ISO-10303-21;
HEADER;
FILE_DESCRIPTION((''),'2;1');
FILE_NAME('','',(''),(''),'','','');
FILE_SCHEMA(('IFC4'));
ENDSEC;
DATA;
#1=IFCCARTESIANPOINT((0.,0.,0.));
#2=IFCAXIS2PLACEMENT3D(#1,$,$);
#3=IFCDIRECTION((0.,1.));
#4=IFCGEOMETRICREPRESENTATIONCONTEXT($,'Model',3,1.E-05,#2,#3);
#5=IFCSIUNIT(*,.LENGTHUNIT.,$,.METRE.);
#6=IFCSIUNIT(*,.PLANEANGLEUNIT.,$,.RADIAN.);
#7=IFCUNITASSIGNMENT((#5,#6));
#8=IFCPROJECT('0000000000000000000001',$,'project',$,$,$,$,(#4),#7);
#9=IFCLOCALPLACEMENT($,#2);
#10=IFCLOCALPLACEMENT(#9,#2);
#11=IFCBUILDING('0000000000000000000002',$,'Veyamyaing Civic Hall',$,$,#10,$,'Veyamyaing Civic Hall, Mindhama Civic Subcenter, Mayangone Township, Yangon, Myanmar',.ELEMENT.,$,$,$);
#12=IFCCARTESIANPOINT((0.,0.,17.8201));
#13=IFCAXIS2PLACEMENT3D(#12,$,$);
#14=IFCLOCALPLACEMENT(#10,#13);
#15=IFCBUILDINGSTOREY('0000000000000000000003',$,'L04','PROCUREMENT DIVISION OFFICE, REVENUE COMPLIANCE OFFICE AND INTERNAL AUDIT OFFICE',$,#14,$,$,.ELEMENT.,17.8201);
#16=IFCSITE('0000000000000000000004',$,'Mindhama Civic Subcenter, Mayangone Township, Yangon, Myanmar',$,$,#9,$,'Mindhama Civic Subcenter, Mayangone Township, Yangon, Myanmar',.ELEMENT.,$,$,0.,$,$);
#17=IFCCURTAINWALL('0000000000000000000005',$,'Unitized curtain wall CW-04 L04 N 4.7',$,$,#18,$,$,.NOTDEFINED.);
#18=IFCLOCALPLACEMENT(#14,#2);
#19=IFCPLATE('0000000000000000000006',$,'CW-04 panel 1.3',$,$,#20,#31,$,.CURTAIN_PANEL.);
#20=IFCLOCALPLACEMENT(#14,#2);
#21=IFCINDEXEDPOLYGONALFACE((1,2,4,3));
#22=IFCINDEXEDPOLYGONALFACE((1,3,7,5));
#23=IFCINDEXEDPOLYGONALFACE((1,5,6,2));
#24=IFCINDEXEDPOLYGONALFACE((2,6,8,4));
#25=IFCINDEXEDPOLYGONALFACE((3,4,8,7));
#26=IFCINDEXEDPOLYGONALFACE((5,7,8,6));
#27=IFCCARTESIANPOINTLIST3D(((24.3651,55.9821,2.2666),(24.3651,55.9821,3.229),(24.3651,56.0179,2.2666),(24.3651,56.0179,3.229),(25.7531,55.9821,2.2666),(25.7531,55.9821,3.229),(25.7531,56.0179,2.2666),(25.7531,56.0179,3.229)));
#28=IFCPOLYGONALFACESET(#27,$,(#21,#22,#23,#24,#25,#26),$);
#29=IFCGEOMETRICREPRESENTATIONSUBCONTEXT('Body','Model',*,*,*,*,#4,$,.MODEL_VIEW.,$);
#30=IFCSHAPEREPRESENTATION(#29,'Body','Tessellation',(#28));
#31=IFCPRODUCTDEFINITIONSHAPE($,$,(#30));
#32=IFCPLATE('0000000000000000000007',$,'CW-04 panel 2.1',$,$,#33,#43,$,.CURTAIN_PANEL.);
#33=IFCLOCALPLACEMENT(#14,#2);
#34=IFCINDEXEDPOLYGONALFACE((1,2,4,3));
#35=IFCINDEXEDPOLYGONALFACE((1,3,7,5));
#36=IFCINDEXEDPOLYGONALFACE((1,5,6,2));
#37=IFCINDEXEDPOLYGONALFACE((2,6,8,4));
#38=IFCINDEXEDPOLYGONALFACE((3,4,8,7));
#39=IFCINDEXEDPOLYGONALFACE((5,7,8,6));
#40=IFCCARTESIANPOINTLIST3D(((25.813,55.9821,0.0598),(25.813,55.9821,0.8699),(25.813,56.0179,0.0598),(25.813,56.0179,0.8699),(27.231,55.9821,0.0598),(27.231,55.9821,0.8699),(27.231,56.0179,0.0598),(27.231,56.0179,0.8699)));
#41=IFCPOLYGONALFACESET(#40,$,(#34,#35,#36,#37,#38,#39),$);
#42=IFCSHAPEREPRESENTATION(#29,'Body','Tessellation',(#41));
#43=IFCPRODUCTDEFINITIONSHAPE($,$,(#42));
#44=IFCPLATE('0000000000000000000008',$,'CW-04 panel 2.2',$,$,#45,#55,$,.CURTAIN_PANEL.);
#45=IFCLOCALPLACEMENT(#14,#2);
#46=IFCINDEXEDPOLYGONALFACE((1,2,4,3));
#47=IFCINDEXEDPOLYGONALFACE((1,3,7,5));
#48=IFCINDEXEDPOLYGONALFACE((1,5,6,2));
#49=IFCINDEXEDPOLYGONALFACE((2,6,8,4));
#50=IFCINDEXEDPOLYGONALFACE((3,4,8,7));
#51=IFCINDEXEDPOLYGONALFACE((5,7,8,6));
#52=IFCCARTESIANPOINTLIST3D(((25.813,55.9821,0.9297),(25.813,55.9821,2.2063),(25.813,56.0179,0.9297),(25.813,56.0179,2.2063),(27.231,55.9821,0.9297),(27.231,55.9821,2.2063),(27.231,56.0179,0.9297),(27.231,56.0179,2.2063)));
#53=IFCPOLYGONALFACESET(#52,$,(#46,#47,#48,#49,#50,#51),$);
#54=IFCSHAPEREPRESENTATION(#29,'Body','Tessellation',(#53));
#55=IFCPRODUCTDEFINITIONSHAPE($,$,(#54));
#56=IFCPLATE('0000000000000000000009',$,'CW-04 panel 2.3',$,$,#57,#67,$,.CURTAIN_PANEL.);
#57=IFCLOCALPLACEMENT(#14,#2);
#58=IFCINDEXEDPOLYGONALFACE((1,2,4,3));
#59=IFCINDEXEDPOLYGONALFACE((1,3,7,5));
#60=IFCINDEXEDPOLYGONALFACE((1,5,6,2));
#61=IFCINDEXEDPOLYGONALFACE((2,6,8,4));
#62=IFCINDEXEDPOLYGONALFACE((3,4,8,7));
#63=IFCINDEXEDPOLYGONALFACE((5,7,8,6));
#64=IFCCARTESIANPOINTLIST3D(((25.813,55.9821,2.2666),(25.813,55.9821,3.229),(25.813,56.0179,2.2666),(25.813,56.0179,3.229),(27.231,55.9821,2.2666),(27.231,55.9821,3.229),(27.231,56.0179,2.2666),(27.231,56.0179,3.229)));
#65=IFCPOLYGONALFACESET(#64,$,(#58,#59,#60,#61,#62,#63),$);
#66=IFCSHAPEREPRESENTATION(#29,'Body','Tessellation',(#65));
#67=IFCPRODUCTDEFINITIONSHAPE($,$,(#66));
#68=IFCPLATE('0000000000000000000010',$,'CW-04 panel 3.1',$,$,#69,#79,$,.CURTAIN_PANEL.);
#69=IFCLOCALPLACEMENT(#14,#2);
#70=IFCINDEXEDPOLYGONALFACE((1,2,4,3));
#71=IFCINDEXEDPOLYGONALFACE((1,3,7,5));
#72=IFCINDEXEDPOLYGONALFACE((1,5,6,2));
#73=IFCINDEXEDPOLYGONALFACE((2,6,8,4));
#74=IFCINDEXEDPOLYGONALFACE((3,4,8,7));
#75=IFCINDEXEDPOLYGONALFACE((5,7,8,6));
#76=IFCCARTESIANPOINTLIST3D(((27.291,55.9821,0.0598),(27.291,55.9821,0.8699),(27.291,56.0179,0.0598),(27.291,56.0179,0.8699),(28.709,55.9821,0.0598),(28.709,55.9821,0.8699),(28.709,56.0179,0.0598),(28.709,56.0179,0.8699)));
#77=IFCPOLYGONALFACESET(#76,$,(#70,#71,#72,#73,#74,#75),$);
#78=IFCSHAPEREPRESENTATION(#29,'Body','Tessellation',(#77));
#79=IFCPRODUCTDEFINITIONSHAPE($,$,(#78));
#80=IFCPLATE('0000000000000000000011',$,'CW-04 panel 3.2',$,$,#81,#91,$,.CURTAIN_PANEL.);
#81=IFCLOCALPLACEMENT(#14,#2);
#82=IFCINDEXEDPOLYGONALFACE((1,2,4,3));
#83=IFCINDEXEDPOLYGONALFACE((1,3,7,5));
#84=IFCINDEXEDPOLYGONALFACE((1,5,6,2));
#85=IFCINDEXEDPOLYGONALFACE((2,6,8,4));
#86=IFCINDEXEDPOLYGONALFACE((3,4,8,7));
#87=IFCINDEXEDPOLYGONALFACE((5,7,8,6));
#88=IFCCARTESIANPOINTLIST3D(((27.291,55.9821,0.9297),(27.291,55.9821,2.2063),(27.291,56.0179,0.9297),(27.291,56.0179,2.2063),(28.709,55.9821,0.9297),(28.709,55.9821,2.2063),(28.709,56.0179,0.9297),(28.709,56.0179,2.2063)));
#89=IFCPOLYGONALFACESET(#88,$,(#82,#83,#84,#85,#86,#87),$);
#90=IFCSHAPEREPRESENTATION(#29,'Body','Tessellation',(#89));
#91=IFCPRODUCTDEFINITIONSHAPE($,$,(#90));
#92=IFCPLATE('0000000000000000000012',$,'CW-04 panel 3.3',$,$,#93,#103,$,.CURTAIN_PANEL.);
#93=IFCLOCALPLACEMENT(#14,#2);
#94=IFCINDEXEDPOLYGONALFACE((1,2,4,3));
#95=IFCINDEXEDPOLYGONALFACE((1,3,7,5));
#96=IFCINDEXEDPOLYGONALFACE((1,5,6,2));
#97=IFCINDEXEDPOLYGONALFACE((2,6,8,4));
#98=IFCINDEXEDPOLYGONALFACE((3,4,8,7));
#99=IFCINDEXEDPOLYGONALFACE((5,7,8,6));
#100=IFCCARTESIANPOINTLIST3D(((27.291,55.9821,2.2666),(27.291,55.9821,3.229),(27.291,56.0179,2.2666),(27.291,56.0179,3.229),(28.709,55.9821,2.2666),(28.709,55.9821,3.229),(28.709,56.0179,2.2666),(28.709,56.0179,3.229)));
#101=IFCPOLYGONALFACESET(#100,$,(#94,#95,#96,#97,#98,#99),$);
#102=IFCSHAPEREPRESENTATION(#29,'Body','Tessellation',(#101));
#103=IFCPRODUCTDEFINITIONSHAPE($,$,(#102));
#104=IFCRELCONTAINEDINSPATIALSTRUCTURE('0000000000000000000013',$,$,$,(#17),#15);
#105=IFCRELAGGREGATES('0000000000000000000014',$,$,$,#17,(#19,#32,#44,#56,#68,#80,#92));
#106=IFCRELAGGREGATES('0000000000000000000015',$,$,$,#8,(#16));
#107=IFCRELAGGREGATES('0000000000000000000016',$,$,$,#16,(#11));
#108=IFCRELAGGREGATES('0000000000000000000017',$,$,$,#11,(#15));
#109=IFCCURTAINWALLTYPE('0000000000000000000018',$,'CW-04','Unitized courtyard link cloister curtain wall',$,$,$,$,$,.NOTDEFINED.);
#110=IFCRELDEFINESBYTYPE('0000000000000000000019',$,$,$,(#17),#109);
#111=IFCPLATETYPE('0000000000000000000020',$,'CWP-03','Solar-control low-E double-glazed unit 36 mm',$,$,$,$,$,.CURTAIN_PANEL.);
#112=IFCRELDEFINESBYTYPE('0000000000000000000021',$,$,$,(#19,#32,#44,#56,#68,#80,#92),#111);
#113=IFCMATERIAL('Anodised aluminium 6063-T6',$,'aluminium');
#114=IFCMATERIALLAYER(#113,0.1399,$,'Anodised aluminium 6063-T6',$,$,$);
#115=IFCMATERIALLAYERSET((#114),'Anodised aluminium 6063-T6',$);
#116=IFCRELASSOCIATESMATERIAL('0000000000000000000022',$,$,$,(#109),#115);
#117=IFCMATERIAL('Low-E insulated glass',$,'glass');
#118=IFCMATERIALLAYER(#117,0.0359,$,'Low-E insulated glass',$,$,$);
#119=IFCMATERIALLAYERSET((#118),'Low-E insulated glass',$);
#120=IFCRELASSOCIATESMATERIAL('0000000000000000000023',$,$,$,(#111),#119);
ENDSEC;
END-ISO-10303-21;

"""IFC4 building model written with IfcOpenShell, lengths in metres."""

from ifc_helpers import new_model, si_unit, direction, frame, origin, origin_2d, place, context, subcontext, project, spatial, rectangle, extrude, material, layer, layer_set, type_object, element, aggregate, save


model = new_model("IFC4")

# Units and contexts
model_context = context("Model", 3, precision=1e-05, world=origin(), true_north=direction((0.0, 1.0)))
body_context = subcontext(model_context, "Body", "Model", "MODEL_VIEW")
ifc_project = project(units=[si_unit("LENGTHUNIT", "METRE"), si_unit("PLANEANGLEUNIT", "RADIAN")], contexts=[model_context])

# Site, building, storey
site_placement = place(None, origin())
site = spatial("IfcSite", under=ifc_project, at=site_placement, Name="Mindhama Civic Subcenter, Mayangone Township, Yangon, Myanmar", LongName="Mindhama Civic Subcenter, Mayangone Township, Yangon, Myanmar", CompositionType="ELEMENT", RefElevation=0.0)
building_placement = place(site_placement, origin())
building = spatial("IfcBuilding", under=site, at=building_placement, Name="Veyamyaing Civic Hall", LongName="Veyamyaing Civic Hall, Mindhama Civic Subcenter, Mayangone Township, Yangon, Myanmar", CompositionType="ELEMENT")
storey_placement = place(building_placement, frame((0.0, 0.0, 17.8201)))
storey = spatial("IfcBuildingStorey", under=building, at=storey_placement, Name="L04", Description="PROCUREMENT DIVISION OFFICE, REVENUE COMPLIANCE OFFICE AND INTERNAL AUDIT OFFICE", CompositionType="ELEMENT", Elevation=17.8201)

# Curtain wall
ifc_material_1 = material(Name="Anodised aluminium 6063-T6", Category="aluminium")
ifc_layer_1 = layer(ifc_material_1, 0.1399, Name="Anodised aluminium 6063-T6")
ifc_layer_set_1 = layer_set([ifc_layer_1], Name="Anodised aluminium 6063-T6")
curtain_wall_type = type_object("IfcCurtainWallType", Name="CW-04", Description="Unitized courtyard link cloister curtain wall", PredefinedType="NOTDEFINED", material=ifc_layer_set_1)
curtain_wall_placement = place(storey_placement, origin())
curtain_wall = element("IfcCurtainWall", 1, at=curtain_wall_placement, inside=storey, type_object=curtain_wall_type, Name="Unitized curtain wall CW-04 L04 N 4.7", PredefinedType="NOTDEFINED")

# Plates
ifc_material_2 = material(Name="Low-E insulated glass", Category="glass")
ifc_layer_2 = layer(ifc_material_2, 0.0359, Name="Low-E insulated glass")
ifc_layer_set_2 = layer_set([ifc_layer_2], Name="Low-E insulated glass")
plate_type = type_object("IfcPlateType", Name="CWP-03", Description="Solar-control low-E double-glazed unit 36 mm", PredefinedType="CURTAIN_PANEL", material=ifc_layer_set_2)
plate_1_placement = place(storey_placement, frame((25.0591, 56.0, 2.2666), z_axis=(0.0, 0.0, 1.0), x_axis=(1.0, 0.0, 0.0)))
plate_1 = element("IfcPlate", 2, at=plate_1_placement, type_object=plate_type, Name="CW-04 panel 1.3", PredefinedType="CURTAIN_PANEL", context=body_context, shape_type="SweptSolid", body=[
    extrude(rectangle(XDim=1.3879, YDim=0.0359, at=origin_2d()), origin(), (0.0, 0.0, 1.0), 0.9624),
])
plate_2_placement = place(storey_placement, frame((26.522, 56.0, 0.0598), z_axis=(0.0, 0.0, 1.0), x_axis=(1.0, 0.0, 0.0)))
plate_2 = element("IfcPlate", 3, at=plate_2_placement, type_object=plate_type, Name="CW-04 panel 2.1", PredefinedType="CURTAIN_PANEL", context=body_context, shape_type="SweptSolid", body=[
    extrude(rectangle(XDim=1.418, YDim=0.0359, at=origin_2d()), origin(), (0.0, 0.0, 1.0), 0.8101),
])
plate_3_placement = place(storey_placement, frame((26.522, 56.0, 0.9297), z_axis=(0.0, 0.0, 1.0), x_axis=(1.0, 0.0, 0.0)))
plate_3 = element("IfcPlate", 4, at=plate_3_placement, type_object=plate_type, Name="CW-04 panel 2.2", PredefinedType="CURTAIN_PANEL", context=body_context, shape_type="SweptSolid", body=[
    extrude(rectangle(XDim=1.418, YDim=0.0359, at=origin_2d()), origin(), (0.0, 0.0, 1.0), 1.2766),
])
plate_4_placement = place(storey_placement, frame((26.522, 56.0, 2.2666), z_axis=(0.0, 0.0, 1.0), x_axis=(1.0, 0.0, 0.0)))
plate_4 = element("IfcPlate", 5, at=plate_4_placement, type_object=plate_type, Name="CW-04 panel 2.3", PredefinedType="CURTAIN_PANEL", context=body_context, shape_type="SweptSolid", body=[
    extrude(rectangle(XDim=1.418, YDim=0.0359, at=origin_2d()), origin(), (0.0, 0.0, 1.0), 0.9624),
])
plate_5_placement = place(storey_placement, frame((28.0, 56.0, 0.0598), z_axis=(0.0, 0.0, 1.0), x_axis=(1.0, 0.0, 0.0)))
plate_5 = element("IfcPlate", 6, at=plate_5_placement, type_object=plate_type, Name="CW-04 panel 3.1", PredefinedType="CURTAIN_PANEL", context=body_context, shape_type="SweptSolid", body=[
    extrude(rectangle(XDim=1.418, YDim=0.0359, at=origin_2d()), origin(), (0.0, 0.0, 1.0), 0.8101),
])
plate_6_placement = place(storey_placement, frame((28.0, 56.0, 0.9297), z_axis=(0.0, 0.0, 1.0), x_axis=(1.0, 0.0, 0.0)))
plate_6 = element("IfcPlate", 7, at=plate_6_placement, type_object=plate_type, Name="CW-04 panel 3.2", PredefinedType="CURTAIN_PANEL", context=body_context, shape_type="SweptSolid", body=[
    extrude(rectangle(XDim=1.418, YDim=0.0359, at=origin_2d()), origin(), (0.0, 0.0, 1.0), 1.2766),
])
plate_7_placement = place(storey_placement, frame((28.0, 56.0, 2.2666), z_axis=(0.0, 0.0, 1.0), x_axis=(1.0, 0.0, 0.0)))
plate_7 = element("IfcPlate", 8, at=plate_7_placement, type_object=plate_type, Name="CW-04 panel 3.3", PredefinedType="CURTAIN_PANEL", context=body_context, shape_type="SweptSolid", body=[
    extrude(rectangle(XDim=1.418, YDim=0.0359, at=origin_2d()), origin(), (0.0, 0.0, 1.0), 0.9624),
])
aggregate(curtain_wall, [plate_1, plate_2, plate_3, plate_4, plate_5, plate_6, plate_7])

save(model, "model.ifc")
